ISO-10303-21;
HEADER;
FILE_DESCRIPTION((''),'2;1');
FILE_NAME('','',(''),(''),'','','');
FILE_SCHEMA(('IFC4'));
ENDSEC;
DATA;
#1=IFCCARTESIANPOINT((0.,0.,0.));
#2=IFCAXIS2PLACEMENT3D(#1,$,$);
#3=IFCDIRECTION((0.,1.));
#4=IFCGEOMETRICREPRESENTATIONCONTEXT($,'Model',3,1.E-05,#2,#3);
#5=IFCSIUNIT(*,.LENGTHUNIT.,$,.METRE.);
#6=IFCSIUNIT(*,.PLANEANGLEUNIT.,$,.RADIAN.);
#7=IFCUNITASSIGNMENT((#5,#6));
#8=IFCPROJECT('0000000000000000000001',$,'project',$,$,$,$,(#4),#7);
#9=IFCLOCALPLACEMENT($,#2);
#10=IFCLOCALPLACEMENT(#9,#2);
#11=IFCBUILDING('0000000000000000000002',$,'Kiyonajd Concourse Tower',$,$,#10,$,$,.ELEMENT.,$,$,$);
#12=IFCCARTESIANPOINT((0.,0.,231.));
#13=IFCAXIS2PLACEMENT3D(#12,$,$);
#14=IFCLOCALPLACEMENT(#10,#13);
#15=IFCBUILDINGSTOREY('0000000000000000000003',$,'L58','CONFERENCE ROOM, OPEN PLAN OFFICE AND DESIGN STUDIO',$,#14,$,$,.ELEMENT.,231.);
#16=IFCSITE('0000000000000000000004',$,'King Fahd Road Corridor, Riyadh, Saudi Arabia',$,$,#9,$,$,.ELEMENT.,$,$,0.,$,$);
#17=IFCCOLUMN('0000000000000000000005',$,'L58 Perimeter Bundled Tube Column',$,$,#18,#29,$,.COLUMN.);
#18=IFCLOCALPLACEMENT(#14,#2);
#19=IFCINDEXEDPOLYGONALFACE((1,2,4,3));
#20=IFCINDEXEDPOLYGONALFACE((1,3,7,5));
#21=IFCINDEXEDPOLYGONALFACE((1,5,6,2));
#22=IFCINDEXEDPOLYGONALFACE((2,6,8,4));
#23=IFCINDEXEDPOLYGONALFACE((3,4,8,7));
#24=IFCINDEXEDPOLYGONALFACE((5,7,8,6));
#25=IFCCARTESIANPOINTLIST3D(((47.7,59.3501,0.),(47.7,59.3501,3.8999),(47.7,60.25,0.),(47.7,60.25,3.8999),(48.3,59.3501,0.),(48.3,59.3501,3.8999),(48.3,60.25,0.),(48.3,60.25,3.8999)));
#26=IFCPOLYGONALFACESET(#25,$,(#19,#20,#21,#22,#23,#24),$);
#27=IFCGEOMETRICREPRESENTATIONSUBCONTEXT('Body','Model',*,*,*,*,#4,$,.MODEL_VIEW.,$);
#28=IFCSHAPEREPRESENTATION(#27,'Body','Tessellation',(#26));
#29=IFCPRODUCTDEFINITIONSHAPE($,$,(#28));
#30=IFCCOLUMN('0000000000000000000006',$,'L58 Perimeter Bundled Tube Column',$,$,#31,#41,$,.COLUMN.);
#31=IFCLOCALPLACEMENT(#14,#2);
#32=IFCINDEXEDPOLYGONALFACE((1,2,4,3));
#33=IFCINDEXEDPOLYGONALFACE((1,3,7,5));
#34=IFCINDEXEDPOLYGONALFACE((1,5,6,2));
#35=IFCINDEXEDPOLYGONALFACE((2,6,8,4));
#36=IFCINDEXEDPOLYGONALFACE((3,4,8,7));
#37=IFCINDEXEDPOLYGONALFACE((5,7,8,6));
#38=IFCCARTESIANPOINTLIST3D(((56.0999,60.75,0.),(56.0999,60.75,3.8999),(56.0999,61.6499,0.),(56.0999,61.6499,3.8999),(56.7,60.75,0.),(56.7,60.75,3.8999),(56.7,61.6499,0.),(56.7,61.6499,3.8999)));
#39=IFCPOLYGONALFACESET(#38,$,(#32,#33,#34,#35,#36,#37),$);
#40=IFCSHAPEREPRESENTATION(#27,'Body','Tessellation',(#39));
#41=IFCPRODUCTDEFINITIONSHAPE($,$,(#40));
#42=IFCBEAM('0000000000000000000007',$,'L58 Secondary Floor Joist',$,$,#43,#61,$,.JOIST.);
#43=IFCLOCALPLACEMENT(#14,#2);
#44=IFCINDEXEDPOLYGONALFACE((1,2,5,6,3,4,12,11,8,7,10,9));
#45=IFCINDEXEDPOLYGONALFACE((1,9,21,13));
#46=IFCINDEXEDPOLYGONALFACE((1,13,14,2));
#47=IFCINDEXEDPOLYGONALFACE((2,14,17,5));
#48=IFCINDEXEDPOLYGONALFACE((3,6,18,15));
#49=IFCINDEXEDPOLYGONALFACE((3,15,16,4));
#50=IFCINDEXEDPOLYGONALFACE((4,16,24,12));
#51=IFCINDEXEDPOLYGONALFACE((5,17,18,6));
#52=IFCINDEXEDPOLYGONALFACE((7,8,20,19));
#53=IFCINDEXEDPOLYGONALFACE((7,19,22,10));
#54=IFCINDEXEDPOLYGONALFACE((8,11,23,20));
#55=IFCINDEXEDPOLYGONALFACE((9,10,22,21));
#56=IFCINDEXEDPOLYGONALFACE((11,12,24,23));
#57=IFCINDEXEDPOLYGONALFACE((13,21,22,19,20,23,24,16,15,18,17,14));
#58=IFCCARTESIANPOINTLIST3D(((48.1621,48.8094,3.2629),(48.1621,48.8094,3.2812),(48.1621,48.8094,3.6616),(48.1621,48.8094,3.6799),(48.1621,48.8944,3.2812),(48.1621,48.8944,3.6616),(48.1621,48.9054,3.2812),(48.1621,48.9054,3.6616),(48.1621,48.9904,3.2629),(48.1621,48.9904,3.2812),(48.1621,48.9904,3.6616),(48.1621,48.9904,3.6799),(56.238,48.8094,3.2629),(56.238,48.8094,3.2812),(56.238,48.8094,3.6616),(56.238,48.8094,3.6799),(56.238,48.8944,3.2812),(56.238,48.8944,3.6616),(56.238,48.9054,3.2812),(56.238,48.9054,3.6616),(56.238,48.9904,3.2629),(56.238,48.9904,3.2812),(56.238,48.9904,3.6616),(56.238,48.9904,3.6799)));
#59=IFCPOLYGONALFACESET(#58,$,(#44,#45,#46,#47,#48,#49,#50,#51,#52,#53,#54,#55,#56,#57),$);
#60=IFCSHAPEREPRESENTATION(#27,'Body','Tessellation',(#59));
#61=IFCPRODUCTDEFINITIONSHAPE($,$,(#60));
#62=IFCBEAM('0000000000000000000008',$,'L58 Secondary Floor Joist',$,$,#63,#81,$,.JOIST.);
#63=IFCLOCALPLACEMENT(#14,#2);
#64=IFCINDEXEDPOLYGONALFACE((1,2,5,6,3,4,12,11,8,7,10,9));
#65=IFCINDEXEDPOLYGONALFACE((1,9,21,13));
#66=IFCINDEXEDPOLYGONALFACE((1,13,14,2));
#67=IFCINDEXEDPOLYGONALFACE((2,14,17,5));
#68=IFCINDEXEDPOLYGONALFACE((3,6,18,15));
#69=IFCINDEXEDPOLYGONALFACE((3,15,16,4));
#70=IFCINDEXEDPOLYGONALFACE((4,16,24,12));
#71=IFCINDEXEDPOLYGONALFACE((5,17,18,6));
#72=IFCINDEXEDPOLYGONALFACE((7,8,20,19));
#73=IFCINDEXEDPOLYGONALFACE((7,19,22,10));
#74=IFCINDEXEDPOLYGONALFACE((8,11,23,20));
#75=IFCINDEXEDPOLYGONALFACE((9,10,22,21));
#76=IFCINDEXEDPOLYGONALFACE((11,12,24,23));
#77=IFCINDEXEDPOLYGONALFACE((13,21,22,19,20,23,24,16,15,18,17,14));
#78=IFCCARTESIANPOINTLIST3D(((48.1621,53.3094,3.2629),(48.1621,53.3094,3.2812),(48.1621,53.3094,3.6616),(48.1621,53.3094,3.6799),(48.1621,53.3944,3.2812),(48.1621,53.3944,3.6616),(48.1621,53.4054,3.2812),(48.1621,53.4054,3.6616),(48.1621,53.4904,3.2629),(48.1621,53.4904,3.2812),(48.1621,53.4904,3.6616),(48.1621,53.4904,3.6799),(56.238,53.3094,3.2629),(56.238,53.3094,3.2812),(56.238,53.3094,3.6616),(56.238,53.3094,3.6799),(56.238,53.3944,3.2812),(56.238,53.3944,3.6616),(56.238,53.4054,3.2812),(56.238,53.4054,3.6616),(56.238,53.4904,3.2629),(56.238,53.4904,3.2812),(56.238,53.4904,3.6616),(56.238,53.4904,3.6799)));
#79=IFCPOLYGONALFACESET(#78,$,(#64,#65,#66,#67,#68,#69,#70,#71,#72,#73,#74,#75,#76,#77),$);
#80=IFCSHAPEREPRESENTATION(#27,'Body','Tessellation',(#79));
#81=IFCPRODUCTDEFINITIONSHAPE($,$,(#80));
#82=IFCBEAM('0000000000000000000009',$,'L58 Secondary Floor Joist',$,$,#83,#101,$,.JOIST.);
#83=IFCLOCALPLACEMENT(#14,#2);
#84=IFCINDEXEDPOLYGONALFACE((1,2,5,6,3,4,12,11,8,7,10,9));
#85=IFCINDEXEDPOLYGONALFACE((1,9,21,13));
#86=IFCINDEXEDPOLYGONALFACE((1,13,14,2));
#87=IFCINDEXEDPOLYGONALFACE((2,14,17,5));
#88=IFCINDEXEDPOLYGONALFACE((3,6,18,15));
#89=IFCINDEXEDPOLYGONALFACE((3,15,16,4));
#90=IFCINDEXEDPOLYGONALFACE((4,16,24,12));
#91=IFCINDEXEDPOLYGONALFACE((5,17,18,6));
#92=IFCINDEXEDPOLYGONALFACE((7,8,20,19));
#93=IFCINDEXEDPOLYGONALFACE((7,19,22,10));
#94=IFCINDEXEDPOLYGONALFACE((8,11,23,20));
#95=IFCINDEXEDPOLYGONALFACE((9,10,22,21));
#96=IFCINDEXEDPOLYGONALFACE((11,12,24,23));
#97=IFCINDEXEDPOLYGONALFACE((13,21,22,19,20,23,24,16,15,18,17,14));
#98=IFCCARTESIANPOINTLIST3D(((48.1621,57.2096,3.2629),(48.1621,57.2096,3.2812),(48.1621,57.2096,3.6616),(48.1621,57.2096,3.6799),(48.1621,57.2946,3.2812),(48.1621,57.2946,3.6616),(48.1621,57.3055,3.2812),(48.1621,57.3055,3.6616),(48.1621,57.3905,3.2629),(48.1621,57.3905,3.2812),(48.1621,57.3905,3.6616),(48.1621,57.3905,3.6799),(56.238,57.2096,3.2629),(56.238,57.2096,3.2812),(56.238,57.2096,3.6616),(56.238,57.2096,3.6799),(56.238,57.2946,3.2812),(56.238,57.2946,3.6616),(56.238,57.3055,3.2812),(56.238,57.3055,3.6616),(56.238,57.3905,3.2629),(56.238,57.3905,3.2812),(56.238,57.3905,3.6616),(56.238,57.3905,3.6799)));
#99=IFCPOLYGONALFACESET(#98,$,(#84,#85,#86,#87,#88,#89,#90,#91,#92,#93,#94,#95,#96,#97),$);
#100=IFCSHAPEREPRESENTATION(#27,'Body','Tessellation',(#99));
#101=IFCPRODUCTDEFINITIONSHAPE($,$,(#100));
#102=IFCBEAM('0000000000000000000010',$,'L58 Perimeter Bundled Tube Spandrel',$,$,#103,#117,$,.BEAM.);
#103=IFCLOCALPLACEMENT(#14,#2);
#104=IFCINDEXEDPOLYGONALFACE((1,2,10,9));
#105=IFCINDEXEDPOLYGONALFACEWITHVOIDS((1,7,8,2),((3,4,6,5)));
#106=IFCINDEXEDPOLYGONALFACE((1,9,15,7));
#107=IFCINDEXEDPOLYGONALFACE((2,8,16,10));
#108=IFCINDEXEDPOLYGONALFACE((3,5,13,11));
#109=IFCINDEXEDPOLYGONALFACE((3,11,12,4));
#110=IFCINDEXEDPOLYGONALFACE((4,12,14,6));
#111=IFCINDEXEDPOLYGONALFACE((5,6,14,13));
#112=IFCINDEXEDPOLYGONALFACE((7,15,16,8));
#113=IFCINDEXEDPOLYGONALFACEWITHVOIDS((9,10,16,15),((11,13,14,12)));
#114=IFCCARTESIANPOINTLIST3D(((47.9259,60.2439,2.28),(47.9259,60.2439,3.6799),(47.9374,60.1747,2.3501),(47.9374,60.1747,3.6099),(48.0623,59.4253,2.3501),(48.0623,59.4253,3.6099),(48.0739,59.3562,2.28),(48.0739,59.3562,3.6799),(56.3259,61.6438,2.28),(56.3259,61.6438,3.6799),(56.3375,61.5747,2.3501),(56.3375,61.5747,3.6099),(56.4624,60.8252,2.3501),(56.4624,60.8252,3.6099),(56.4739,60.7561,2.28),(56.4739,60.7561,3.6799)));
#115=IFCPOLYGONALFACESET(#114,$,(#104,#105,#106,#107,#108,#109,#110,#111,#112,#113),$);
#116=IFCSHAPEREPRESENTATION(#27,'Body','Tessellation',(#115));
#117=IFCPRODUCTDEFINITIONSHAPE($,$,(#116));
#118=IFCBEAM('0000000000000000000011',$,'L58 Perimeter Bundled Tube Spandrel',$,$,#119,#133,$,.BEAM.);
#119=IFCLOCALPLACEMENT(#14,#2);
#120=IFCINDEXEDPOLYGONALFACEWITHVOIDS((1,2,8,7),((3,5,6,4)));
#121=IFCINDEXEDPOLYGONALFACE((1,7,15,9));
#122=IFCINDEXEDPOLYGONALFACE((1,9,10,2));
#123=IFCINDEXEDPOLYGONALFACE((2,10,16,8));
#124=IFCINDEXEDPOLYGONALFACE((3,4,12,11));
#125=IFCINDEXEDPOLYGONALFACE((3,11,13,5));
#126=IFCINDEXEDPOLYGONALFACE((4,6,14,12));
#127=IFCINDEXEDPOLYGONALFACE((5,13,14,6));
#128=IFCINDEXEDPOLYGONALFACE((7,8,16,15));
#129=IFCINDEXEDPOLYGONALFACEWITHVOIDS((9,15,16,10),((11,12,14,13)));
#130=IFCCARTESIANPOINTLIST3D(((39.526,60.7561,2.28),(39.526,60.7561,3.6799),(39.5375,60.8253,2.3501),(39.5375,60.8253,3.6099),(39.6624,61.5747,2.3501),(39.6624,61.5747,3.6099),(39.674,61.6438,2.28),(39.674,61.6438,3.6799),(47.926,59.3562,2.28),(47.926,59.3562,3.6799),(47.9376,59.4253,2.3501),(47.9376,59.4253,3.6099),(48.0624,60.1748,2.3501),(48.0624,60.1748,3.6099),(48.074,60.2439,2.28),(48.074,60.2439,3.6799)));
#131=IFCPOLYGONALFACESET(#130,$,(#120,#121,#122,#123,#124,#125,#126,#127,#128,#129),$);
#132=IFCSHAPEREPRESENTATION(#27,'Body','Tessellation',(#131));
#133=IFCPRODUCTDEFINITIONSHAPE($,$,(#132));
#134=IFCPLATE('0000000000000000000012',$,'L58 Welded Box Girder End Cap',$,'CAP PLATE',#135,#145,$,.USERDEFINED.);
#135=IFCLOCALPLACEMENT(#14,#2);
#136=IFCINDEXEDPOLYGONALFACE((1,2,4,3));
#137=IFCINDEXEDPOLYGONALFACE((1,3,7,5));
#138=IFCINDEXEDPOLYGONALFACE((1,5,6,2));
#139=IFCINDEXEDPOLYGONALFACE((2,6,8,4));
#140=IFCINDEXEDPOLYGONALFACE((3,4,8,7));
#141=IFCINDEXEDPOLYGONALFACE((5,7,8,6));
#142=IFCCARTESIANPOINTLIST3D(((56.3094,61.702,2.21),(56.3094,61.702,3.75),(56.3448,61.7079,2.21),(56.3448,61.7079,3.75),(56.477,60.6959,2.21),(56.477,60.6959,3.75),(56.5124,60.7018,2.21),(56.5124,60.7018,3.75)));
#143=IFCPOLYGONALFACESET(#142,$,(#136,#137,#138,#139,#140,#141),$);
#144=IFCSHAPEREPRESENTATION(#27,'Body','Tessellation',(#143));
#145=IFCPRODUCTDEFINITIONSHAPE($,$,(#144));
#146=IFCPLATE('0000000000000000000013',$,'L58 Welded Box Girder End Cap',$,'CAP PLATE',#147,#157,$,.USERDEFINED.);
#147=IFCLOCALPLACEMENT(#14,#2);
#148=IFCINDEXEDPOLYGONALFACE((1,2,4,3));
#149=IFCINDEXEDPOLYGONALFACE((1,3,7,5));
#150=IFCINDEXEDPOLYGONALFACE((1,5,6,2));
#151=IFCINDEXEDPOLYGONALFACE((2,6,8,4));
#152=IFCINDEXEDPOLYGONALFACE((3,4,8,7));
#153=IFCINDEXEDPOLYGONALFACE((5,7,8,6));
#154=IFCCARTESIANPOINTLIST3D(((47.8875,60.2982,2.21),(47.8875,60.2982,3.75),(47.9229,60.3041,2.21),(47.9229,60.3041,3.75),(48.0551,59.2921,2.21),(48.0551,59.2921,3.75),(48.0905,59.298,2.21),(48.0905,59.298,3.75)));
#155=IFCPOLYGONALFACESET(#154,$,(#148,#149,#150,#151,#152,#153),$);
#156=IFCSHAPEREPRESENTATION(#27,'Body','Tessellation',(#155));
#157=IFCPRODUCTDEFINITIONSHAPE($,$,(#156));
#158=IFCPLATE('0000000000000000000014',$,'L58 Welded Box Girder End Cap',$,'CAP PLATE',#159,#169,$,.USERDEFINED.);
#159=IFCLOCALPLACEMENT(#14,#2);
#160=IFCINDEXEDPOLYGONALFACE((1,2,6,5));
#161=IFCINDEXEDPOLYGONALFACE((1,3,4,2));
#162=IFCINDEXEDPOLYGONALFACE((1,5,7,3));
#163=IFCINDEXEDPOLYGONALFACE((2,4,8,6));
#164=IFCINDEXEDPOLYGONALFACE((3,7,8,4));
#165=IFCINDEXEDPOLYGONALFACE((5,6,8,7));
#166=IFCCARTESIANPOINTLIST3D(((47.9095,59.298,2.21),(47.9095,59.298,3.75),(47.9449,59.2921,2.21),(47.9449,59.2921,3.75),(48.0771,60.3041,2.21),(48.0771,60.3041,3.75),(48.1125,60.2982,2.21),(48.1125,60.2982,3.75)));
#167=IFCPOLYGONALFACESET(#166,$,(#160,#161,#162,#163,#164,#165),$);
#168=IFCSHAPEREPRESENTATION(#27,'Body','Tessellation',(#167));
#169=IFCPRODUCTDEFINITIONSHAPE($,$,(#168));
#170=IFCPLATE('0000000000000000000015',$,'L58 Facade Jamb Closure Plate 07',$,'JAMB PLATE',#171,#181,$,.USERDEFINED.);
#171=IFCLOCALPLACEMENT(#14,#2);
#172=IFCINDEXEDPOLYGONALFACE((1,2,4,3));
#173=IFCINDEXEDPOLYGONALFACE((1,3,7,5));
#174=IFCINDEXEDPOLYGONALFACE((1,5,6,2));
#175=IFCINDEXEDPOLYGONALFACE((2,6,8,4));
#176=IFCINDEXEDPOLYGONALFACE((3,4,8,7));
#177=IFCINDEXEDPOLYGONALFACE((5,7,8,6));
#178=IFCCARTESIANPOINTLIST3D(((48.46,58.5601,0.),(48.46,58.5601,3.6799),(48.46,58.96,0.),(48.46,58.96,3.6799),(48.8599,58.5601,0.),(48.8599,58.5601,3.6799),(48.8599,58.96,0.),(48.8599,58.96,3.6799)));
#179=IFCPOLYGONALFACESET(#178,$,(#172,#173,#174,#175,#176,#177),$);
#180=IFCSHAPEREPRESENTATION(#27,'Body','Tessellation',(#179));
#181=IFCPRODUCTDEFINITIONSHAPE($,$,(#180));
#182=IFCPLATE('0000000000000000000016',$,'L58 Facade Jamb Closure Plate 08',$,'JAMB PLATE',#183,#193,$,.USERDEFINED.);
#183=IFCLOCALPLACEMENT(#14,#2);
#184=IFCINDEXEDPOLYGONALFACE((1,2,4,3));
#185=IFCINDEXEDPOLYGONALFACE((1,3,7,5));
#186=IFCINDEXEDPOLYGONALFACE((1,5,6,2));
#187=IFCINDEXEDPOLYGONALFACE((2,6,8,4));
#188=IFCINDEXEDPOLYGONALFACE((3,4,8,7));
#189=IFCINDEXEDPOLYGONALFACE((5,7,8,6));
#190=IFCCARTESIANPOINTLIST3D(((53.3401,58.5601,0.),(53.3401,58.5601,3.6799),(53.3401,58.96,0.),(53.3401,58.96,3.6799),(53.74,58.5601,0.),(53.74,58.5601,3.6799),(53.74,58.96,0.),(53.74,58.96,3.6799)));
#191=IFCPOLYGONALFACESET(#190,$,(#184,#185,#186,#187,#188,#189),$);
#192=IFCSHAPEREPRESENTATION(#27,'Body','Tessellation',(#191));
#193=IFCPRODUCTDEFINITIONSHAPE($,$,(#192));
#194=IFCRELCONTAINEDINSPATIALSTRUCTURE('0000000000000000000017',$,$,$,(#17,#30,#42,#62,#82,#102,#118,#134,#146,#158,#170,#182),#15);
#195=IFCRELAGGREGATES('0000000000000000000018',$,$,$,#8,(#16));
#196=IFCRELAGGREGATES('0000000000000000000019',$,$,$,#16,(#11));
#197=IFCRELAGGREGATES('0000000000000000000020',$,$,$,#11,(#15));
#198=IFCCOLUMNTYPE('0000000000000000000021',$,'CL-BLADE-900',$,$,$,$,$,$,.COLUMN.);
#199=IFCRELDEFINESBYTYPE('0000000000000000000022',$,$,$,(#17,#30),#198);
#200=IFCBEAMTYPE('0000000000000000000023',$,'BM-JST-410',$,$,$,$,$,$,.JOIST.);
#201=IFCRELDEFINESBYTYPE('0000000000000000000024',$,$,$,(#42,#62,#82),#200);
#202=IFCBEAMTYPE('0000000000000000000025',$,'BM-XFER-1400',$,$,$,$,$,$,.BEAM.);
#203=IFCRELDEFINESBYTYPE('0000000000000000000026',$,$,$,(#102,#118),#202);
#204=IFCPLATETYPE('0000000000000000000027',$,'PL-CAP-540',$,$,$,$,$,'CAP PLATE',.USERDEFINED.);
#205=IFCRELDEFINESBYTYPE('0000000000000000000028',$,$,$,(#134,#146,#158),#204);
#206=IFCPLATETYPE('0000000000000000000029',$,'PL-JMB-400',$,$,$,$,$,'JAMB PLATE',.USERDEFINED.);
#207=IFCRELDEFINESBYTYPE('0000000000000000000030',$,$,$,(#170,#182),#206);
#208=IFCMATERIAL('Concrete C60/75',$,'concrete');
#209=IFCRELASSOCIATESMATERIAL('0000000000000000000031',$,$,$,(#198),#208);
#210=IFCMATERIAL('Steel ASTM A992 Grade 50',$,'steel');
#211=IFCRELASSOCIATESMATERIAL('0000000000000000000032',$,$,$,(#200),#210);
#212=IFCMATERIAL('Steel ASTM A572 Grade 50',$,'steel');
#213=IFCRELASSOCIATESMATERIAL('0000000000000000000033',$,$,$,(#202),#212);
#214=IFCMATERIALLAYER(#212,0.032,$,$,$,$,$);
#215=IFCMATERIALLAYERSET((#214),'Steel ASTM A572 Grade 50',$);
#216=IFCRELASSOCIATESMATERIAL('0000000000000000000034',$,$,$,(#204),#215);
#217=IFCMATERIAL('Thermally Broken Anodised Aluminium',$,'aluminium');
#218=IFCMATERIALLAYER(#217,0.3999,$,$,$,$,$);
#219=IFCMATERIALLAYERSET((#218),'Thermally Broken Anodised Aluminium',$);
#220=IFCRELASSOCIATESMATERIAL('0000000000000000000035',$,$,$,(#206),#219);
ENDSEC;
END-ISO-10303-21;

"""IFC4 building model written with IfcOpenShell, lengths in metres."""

from ifc_helpers import new_model, si_unit, direction, frame, origin, origin_2d, place, context, subcontext, project, spatial, rectangle, hollow_rectangle, i_section, extrude, material, layer, layer_set, material_profile, profile_set, type_object, element, save


model = new_model("IFC4")

# Units and contexts
model_context = context("Model", 3, precision=1e-05, world=origin(), true_north=direction((0.0, 1.0)))
body_context = subcontext(model_context, "Body", "Model", "MODEL_VIEW")
ifc_project = project(units=[si_unit("LENGTHUNIT", "METRE"), si_unit("PLANEANGLEUNIT", "RADIAN")], contexts=[model_context])

# Site, building, storey
site_placement = place(None, origin())
site = spatial("IfcSite", under=ifc_project, at=site_placement, Name="King Fahd Road Corridor, Riyadh, Saudi Arabia", CompositionType="ELEMENT", RefElevation=0.0)
building_placement = place(site_placement, origin())
building = spatial("IfcBuilding", under=site, at=building_placement, Name="Kiyonajd Concourse Tower", CompositionType="ELEMENT")
storey_placement = place(building_placement, frame((0.0, 0.0, 231.0)))
storey = spatial("IfcBuildingStorey", under=building, at=storey_placement, Name="L58", Description="CONFERENCE ROOM, OPEN PLAN OFFICE AND DESIGN STUDIO", CompositionType="ELEMENT", Elevation=231.0)

# Columns
ifc_material_1 = material(Name="Concrete C60/75", Category="concrete")
ifc_material_profile_1 = material_profile(ifc_material_1, rectangle(XDim=0.6001, YDim=0.8999, at=origin_2d()), Name="RC-900x600")
ifc_profile_set_1 = profile_set([ifc_material_profile_1], Name="Concrete C60/75")
column_type = type_object("IfcColumnType", Name="CL-BLADE-900", PredefinedType="COLUMN", material=ifc_profile_set_1)
for number, where, z_axis, x_axis, name in (
    (1, (48.0, 59.8, 0.0), (0.0, 0.0, 1.0), (1.0, 0.0, 0.0), "L58 Perimeter Bundled Tube Column"),
    (2, (56.3999, 61.2, 0.0), (0.0, 0.0, 1.0), (1.0, 0.0, 0.0), "L58 Perimeter Bundled Tube Column"),
):
    element("IfcColumn", number, at=place(storey_placement, frame(where, z_axis=z_axis, x_axis=x_axis)), inside=storey, type_object=column_type, Name=name, PredefinedType="COLUMN", context=body_context, shape_type="SweptSolid", body=[
        extrude(rectangle(XDim=0.6001, YDim=0.8999, at=origin_2d()), origin(), (0.0, 0.0, 1.0), 3.8999),
    ])

# Beams
ifc_material_2 = material(Name="Steel ASTM A992 Grade 50", Category="steel")
ifc_material_profile_2 = material_profile(ifc_material_2, i_section(OverallWidth=0.1809, OverallDepth=0.417, WebThickness=0.011, FlangeThickness=0.0183, at=origin_2d()), Name="W410X85")
ifc_profile_set_2 = profile_set([ifc_material_profile_2], Name="Steel ASTM A992 Grade 50")
beam_type_1 = type_object("IfcBeamType", Name="BM-JST-410", PredefinedType="JOIST", material=ifc_profile_set_2)
for number, where, z_axis, x_axis, name in (
    (3, (48.1621, 48.8999, 3.4714), (1.0, 0.0, 0.0), (0.0, 1.0, 0.0), "L58 Secondary Floor Joist"),
    (4, (48.1621, 53.3999, 3.4714), (1.0, 0.0, 0.0), (0.0, 1.0, 0.0), "L58 Secondary Floor Joist"),
    (5, (48.1621, 57.3, 3.4714), (1.0, 0.0, 0.0), (0.0, 1.0, 0.0), "L58 Secondary Floor Joist"),
):
    element("IfcBeam", number, at=place(storey_placement, frame(where, z_axis=z_axis, x_axis=x_axis)), inside=storey, type_object=beam_type_1, Name=name, PredefinedType="JOIST", context=body_context, shape_type="SweptSolid", body=[
        extrude(i_section(OverallWidth=0.1809, OverallDepth=0.417, WebThickness=0.011, FlangeThickness=0.0183, at=origin_2d()), origin(), (0.0, 0.0, 1.0), 8.0759),
    ])
ifc_material_3 = material(Name="Steel ASTM A572 Grade 50", Category="steel")
ifc_material_profile_3 = material_profile(ifc_material_3, hollow_rectangle(XDim=0.8999, YDim=1.3999, WallThickness=0.0701, at=origin_2d()), Name="BOX-1400x900x70")
ifc_profile_set_3 = profile_set([ifc_material_profile_3], Name="Steel ASTM A572 Grade 50")
beam_type_2 = type_object("IfcBeamType", Name="BM-XFER-1400", PredefinedType="BEAM", material=ifc_profile_set_3)
for number, where, z_axis, x_axis, name in (
    (6, (56.3999, 61.2, 2.98), (-0.986395, -0.16439, 0.0), (0.16439, -0.986395, 0.0), "L58 Perimeter Bundled Tube Spandrel"),
    (7, (48.0, 59.8, 2.98), (-0.986395, 0.16439, 0.0), (-0.16439, -0.986395, 0.0), "L58 Perimeter Bundled Tube Spandrel"),
):
    element("IfcBeam", number, at=place(storey_placement, frame(where, z_axis=z_axis, x_axis=x_axis)), inside=storey, type_object=beam_type_2, Name=name, PredefinedType="BEAM", context=body_context, shape_type="SweptSolid", body=[
        extrude(hollow_rectangle(XDim=0.8999, YDim=1.3999, WallThickness=0.0701, at=origin_2d()), origin(), (0.0, 0.0, 1.0), 8.5159),
    ])

# Plates
ifc_layer_1 = layer(ifc_material_3, 0.032)
ifc_layer_set_1 = layer_set([ifc_layer_1], Name="Steel ASTM A572 Grade 50")
plate_type_1 = type_object("IfcPlateType", Name="PL-CAP-540", ElementType="CAP PLATE", PredefinedType="USERDEFINED", material=ifc_layer_set_1)
for number, where, z_axis, x_axis, name in (
    (8, (56.4109, 61.2019, 2.21), (0.0, 0.0, 1.0), (0.986401, 0.164359, 0.0), "L58 Welded Box Girder End Cap"),
    (9, (47.989, 59.7981, 2.21), (0.0, 0.0, 1.0), (-0.986401, -0.164359, 0.0), "L58 Welded Box Girder End Cap"),
    (10, (48.011, 59.7981, 2.21), (0.0, 0.0, 1.0), (0.986401, -0.164359, 0.0), "L58 Welded Box Girder End Cap"),
):
    element("IfcPlate", number, at=place(storey_placement, frame(where, z_axis=z_axis, x_axis=x_axis)), inside=storey, type_object=plate_type_1, Name=name, ObjectType="CAP PLATE", PredefinedType="USERDEFINED", context=body_context, shape_type="SweptSolid", body=[
        extrude(rectangle(XDim=0.0359, YDim=1.02, at=origin_2d()), origin(), (0.0, 0.0, 1.0), 1.54),
    ])
ifc_material_4 = material(Name="Thermally Broken Anodised Aluminium", Category="aluminium")
ifc_layer_2 = layer(ifc_material_4, 0.3999)
ifc_layer_set_2 = layer_set([ifc_layer_2], Name="Thermally Broken Anodised Aluminium")
plate_type_2 = type_object("IfcPlateType", Name="PL-JMB-400", ElementType="JAMB PLATE", PredefinedType="USERDEFINED", material=ifc_layer_set_2)
for number, where, z_axis, x_axis, name in (
    (11, (48.6599, 58.76, 0.0), (0.0, 0.0, 1.0), (1.0, 0.0, 0.0), "L58 Facade Jamb Closure Plate 07"),
    (12, (53.54, 58.76, 0.0), (0.0, 0.0, 1.0), (1.0, 0.0, 0.0), "L58 Facade Jamb Closure Plate 08"),
):
    element("IfcPlate", number, at=place(storey_placement, frame(where, z_axis=z_axis, x_axis=x_axis)), inside=storey, type_object=plate_type_2, Name=name, ObjectType="JAMB PLATE", PredefinedType="USERDEFINED", context=body_context, shape_type="SweptSolid", body=[
        extrude(rectangle(XDim=0.3999, YDim=0.3999, at=origin_2d()), origin(), (0.0, 0.0, 1.0), 3.6799),
    ])

save(model, "model.ifc")
